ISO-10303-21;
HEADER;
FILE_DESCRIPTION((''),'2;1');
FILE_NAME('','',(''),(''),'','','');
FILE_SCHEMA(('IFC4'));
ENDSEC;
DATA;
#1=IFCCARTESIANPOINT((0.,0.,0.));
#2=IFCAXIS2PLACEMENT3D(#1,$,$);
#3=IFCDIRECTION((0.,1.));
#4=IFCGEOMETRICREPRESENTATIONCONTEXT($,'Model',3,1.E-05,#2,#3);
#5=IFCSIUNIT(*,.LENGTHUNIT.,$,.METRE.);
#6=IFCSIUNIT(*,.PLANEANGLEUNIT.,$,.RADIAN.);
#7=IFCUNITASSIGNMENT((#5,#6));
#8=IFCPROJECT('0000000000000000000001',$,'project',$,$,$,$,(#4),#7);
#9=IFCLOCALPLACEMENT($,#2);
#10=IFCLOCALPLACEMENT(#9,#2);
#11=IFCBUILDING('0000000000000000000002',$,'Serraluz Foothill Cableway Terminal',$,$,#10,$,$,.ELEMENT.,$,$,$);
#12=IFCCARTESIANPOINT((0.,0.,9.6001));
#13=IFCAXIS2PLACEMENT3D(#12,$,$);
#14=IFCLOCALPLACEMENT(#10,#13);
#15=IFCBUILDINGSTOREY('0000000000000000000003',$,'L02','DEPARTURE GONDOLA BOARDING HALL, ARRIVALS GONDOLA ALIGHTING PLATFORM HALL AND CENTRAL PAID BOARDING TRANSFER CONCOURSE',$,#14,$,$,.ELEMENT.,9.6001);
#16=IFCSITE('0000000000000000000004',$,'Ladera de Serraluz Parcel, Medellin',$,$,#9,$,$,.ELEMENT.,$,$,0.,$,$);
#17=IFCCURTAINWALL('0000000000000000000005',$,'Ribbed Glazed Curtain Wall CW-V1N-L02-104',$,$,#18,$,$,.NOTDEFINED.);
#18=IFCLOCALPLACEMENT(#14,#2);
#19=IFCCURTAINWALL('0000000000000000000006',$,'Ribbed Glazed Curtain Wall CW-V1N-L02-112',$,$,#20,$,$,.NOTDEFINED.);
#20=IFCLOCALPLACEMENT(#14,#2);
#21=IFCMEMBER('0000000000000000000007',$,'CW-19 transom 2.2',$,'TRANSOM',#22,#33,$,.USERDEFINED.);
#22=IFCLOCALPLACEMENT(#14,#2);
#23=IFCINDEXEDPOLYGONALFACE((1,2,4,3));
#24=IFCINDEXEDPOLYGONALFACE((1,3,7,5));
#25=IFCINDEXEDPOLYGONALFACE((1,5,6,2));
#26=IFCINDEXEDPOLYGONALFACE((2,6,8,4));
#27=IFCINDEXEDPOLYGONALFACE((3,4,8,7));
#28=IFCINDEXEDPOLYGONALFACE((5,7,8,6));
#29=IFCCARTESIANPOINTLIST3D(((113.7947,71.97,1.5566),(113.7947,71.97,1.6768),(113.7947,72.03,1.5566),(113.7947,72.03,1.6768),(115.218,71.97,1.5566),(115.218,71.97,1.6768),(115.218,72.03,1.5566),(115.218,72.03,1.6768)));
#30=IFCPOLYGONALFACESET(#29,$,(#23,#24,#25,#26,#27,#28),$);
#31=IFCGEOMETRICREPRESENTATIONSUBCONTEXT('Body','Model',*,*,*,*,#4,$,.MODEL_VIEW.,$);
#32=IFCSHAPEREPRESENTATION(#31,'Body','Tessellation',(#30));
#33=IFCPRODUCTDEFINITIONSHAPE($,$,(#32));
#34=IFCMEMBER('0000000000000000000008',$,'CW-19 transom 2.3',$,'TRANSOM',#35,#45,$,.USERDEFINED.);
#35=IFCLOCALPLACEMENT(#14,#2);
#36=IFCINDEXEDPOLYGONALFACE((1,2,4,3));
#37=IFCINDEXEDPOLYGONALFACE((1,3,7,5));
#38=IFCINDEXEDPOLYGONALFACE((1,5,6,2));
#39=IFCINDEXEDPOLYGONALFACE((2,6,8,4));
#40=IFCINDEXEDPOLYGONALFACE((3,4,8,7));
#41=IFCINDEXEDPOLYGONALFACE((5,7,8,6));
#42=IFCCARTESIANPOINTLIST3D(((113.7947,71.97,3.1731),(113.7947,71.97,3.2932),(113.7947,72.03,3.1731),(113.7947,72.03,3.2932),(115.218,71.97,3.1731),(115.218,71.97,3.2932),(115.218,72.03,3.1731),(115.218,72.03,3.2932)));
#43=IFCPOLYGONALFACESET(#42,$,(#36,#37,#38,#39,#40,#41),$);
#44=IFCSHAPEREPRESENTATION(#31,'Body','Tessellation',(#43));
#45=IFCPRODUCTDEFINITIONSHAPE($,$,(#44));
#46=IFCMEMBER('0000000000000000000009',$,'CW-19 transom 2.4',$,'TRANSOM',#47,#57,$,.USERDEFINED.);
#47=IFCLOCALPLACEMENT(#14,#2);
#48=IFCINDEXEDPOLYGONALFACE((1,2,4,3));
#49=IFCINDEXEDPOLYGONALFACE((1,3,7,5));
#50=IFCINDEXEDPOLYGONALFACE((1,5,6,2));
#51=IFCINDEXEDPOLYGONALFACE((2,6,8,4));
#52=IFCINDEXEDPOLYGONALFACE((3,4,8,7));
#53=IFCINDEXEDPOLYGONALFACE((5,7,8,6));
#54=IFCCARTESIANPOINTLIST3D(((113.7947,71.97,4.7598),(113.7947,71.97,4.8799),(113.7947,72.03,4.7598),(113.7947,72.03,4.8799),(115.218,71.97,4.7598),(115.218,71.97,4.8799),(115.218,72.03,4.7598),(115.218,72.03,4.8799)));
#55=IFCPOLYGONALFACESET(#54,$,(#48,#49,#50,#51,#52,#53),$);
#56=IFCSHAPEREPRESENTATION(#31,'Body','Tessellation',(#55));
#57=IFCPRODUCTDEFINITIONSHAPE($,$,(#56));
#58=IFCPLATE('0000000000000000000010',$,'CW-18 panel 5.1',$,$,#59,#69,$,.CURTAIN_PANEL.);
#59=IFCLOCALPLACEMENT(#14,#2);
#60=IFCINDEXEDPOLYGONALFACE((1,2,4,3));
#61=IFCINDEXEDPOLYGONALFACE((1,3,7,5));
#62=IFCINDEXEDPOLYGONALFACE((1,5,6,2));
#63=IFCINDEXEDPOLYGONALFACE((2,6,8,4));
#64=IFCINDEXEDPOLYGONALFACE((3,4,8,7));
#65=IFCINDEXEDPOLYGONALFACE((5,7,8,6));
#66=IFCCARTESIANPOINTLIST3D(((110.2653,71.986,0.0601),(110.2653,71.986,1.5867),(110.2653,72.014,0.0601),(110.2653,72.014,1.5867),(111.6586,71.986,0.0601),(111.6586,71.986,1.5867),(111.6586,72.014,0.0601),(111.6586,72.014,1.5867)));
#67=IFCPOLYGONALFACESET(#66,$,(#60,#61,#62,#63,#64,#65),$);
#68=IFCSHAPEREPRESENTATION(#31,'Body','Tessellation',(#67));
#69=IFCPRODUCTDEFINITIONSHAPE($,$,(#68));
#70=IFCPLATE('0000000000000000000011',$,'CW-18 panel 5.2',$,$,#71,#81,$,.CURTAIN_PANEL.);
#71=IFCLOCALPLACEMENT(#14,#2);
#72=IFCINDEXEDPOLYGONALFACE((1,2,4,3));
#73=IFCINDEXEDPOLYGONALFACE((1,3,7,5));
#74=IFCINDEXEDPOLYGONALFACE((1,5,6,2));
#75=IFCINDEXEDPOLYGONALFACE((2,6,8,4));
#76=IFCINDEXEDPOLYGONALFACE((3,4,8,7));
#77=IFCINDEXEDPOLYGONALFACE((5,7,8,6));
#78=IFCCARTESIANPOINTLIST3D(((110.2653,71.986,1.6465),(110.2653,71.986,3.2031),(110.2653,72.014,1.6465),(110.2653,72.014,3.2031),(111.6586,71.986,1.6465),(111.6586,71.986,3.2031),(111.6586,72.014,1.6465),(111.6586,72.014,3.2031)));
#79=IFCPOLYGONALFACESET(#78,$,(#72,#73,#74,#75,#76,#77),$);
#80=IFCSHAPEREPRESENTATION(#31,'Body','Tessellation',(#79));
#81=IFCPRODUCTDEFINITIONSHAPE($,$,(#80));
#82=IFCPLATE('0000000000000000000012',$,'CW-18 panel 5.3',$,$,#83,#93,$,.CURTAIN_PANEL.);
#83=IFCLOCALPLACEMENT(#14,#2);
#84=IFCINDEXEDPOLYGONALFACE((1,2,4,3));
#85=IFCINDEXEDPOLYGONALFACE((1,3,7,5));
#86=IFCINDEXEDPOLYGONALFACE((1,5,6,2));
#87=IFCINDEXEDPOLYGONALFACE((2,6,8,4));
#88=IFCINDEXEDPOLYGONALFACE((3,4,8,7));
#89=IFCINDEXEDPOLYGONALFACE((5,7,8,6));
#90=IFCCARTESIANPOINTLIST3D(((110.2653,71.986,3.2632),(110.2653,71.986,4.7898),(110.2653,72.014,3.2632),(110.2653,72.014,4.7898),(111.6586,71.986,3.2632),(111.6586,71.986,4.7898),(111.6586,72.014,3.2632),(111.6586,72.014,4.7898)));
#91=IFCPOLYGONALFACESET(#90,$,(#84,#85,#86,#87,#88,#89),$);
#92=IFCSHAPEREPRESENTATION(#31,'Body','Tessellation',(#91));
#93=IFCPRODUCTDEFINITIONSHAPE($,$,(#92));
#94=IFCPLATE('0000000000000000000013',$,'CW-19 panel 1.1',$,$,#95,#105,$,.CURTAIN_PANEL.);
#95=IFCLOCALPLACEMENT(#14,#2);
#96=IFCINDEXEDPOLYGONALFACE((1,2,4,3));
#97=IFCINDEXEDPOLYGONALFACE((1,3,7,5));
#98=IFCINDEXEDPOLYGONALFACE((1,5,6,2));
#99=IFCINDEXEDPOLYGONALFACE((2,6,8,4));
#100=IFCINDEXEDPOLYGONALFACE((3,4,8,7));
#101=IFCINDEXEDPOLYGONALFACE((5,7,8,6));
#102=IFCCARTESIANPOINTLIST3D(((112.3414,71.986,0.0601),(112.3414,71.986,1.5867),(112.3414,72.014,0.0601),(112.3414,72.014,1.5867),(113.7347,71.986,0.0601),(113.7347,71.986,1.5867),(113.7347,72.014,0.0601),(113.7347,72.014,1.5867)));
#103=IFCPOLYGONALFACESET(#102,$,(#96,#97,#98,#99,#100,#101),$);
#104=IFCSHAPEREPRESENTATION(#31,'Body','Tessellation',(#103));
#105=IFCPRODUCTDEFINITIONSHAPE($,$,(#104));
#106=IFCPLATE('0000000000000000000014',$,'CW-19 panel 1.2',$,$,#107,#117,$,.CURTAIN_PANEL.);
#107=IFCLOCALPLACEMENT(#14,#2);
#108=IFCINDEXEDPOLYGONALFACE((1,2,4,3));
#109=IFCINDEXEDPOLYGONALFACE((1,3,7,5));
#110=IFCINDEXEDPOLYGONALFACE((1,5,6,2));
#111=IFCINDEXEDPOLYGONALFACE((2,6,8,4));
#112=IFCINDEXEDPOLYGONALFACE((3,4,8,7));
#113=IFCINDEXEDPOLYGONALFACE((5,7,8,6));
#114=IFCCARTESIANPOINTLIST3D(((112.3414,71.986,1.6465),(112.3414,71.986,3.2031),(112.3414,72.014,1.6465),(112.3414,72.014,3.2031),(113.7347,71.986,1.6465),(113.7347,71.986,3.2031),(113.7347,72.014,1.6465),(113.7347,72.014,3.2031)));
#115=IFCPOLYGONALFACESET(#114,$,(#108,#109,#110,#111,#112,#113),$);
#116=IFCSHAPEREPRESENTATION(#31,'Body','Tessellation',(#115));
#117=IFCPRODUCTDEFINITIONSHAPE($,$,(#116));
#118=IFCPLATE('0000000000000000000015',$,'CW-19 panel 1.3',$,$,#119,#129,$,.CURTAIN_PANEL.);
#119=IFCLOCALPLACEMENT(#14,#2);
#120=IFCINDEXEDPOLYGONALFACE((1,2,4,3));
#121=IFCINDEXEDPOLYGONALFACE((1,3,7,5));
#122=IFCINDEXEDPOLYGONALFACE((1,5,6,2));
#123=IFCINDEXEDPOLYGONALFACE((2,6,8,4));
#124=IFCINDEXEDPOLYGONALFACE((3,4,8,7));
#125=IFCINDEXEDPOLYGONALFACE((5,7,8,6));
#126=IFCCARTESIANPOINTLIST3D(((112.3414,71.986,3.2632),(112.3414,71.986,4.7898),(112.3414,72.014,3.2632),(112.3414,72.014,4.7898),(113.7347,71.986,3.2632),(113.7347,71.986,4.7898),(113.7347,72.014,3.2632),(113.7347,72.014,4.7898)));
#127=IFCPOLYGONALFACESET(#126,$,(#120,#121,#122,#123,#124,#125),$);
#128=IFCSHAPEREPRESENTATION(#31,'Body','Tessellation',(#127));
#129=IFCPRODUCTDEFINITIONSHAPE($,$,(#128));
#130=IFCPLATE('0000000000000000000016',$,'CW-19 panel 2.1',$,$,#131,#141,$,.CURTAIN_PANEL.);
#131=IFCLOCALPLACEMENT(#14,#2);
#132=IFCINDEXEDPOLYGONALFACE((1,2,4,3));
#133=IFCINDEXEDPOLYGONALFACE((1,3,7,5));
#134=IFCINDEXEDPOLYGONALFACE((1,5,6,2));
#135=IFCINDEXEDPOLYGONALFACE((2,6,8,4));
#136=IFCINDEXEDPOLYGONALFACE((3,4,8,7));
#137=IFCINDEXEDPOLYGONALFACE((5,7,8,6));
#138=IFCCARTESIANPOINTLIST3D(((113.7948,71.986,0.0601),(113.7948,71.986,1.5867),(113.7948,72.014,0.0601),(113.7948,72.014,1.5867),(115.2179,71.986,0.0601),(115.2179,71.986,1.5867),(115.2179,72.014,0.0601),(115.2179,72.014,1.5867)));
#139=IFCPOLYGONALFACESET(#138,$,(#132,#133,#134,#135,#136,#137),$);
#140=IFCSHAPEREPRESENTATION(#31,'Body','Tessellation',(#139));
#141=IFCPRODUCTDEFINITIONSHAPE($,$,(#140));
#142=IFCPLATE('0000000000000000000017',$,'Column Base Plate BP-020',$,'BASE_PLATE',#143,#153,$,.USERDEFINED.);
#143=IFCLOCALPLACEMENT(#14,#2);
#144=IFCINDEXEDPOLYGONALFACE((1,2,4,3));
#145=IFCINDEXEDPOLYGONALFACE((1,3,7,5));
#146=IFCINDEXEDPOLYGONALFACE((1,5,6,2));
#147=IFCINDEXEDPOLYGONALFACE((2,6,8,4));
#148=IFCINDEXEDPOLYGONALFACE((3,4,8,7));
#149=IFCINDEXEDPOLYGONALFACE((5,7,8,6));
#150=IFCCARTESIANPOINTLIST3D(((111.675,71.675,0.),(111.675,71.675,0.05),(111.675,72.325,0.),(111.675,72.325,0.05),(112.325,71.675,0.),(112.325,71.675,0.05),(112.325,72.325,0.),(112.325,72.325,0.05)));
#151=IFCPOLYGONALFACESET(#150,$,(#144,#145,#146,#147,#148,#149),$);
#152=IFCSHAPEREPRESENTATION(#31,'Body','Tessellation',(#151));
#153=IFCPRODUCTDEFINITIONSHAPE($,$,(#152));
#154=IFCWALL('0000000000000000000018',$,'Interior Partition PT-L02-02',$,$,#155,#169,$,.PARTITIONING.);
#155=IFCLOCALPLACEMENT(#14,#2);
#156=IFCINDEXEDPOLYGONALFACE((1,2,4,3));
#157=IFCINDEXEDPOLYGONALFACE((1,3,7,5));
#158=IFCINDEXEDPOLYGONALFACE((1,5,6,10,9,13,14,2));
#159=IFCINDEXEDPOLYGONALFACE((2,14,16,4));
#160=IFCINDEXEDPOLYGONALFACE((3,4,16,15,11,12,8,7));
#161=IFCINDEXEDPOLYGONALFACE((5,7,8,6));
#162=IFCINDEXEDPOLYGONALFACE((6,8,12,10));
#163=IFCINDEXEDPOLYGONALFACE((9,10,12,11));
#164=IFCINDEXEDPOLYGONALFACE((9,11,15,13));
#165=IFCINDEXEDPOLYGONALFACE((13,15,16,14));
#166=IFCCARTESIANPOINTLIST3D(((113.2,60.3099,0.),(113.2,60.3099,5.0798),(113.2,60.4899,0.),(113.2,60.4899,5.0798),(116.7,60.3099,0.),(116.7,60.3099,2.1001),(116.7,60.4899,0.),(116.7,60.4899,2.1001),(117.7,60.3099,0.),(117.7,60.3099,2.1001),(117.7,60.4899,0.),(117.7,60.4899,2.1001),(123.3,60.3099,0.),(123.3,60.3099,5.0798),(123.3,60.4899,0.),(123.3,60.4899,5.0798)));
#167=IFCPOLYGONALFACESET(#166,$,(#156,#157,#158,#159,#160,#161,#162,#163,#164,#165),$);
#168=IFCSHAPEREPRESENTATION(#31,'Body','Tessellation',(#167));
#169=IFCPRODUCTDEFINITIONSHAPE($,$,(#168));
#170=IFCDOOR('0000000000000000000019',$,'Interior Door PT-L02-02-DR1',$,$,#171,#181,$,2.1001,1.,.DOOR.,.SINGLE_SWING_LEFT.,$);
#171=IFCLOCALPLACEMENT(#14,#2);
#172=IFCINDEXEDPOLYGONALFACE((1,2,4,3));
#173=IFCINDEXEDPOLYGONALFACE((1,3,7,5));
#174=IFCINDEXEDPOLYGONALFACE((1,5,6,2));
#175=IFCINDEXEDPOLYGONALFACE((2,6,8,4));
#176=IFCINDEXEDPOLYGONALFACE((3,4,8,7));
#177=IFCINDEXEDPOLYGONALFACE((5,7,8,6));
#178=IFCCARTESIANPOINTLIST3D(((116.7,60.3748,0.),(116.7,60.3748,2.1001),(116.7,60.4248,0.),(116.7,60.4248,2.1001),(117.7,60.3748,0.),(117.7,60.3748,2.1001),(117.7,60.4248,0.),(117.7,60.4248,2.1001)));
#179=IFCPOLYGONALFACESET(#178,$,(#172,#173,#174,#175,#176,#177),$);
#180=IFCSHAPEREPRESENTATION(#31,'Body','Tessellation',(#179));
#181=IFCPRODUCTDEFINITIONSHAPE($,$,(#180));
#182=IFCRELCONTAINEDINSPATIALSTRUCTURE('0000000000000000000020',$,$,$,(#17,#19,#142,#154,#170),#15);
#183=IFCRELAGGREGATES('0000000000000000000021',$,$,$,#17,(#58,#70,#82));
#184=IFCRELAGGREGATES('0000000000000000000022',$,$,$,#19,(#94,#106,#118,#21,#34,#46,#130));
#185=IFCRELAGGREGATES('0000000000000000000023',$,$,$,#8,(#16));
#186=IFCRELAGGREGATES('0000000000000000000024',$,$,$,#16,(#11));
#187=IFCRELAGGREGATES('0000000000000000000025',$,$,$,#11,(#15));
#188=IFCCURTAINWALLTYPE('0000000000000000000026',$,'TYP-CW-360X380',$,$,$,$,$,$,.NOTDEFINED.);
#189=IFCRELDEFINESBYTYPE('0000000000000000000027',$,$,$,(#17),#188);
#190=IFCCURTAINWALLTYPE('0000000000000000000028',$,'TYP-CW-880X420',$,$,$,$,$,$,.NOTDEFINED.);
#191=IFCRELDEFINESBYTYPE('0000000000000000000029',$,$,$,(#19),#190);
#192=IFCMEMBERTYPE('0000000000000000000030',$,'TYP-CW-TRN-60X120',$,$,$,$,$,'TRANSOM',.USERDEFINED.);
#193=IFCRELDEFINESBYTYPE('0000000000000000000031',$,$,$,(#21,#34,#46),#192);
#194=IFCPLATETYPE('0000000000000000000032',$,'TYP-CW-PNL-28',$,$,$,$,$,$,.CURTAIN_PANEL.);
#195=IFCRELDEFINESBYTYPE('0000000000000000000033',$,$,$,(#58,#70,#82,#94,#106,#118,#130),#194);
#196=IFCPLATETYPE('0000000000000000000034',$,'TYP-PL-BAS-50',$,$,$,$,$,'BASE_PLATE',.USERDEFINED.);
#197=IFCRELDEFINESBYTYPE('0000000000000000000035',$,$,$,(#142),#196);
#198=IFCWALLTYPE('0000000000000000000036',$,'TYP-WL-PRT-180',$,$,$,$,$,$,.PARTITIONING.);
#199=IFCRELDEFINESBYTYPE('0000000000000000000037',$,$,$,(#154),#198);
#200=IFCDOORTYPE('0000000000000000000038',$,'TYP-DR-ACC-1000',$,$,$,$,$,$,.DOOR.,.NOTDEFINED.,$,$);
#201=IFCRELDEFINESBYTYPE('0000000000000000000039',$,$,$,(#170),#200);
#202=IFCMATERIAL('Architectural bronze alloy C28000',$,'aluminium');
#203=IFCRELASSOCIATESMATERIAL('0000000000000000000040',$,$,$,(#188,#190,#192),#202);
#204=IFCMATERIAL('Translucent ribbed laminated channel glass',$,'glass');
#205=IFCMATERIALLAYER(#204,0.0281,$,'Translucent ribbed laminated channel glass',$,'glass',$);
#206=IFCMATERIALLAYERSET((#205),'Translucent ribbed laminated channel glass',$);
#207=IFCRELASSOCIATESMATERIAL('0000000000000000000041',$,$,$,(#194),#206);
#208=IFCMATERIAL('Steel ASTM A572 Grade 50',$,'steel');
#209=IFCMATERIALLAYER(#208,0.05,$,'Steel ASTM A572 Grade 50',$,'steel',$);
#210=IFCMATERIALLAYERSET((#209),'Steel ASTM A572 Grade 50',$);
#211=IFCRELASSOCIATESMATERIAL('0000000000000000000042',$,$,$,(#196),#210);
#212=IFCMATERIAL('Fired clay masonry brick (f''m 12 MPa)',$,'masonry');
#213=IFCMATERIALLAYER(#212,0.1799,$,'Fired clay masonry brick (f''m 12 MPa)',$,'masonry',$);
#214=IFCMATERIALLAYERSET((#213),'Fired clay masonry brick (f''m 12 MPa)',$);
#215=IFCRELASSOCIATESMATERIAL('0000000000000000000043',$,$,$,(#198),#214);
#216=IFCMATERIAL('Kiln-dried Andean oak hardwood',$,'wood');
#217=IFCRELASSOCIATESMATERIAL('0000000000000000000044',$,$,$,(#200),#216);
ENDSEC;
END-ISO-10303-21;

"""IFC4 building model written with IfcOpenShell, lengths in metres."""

from ifc_helpers import new_model, si_unit, direction, frame, frame_2d, origin, origin_2d, place, context, subcontext, project, spatial, rectangle, extrude, material, layer, layer_set, material_profile, profile_set, type_object, element, fill, aggregate, save


model = new_model("IFC4")

# Units and contexts
model_context = context("Model", 3, precision=1e-05, world=origin(), true_north=direction((0.0, 1.0)))
body_context = subcontext(model_context, "Body", "Model", "MODEL_VIEW")
ifc_project = project(units=[si_unit("LENGTHUNIT", "METRE"), si_unit("PLANEANGLEUNIT", "RADIAN")], contexts=[model_context])

# Site, building, storey
site_placement = place(None, origin())
site = spatial("IfcSite", under=ifc_project, at=site_placement, Name="Ladera de Serraluz Parcel, Medellin", CompositionType="ELEMENT", RefElevation=0.0)
building_placement = place(site_placement, origin())
building = spatial("IfcBuilding", under=site, at=building_placement, Name="Serraluz Foothill Cableway Terminal", CompositionType="ELEMENT")
storey_placement = place(building_placement, frame((0.0, 0.0, 9.6001)))
storey = spatial("IfcBuildingStorey", under=building, at=storey_placement, Name="L02", Description="DEPARTURE GONDOLA BOARDING HALL, ARRIVALS GONDOLA ALIGHTING PLATFORM HALL AND CENTRAL PAID BOARDING TRANSFER CONCOURSE", CompositionType="ELEMENT", Elevation=9.6001)

# Curtain wall
ifc_material_1 = material(Name="Architectural bronze alloy C28000", Category="aluminium")
curtain_wall_type_1 = type_object("IfcCurtainWallType", Name="TYP-CW-360X380", PredefinedType="NOTDEFINED", material=ifc_material_1)
curtain_wall_1_placement = place(storey_placement, origin())
curtain_wall_1 = element("IfcCurtainWall", 1, at=curtain_wall_1_placement, inside=storey, type_object=curtain_wall_type_1, Name="Ribbed Glazed Curtain Wall CW-V1N-L02-104", PredefinedType="NOTDEFINED")

# Curtain wall
curtain_wall_type_2 = type_object("IfcCurtainWallType", Name="TYP-CW-880X420", PredefinedType="NOTDEFINED", material=ifc_material_1)
curtain_wall_2_placement = place(storey_placement, origin())
curtain_wall_2 = element("IfcCurtainWall", 2, at=curtain_wall_2_placement, inside=storey, type_object=curtain_wall_type_2, Name="Ribbed Glazed Curtain Wall CW-V1N-L02-112", PredefinedType="NOTDEFINED")

# Shared definitions
ifc_material_profile_1 = material_profile(ifc_material_1, rectangle(XDim=0.0601, YDim=0.1201, at=origin_2d()), Name="ALU TRANSOM 60x120")
ifc_profile_set_1 = profile_set([ifc_material_profile_1], Name="Architectural bronze alloy C28000")
member_type_1 = type_object("IfcMemberType", Name="TYP-CW-TRN-60X120", ElementType="TRANSOM", PredefinedType="USERDEFINED", material=ifc_profile_set_1)

# Members
member_1_placement = place(storey_placement, frame((113.7947, 72.0, 1.6167), z_axis=(1.0, 0.0, 0.0), x_axis=(0.0, 1.0, 0.0)))
member_1 = element("IfcMember", 3, at=member_1_placement, type_object=member_type_1, Name="CW-19 transom 2.2", ObjectType="TRANSOM", PredefinedType="USERDEFINED", context=body_context, shape_type="SweptSolid", body=[
    extrude(rectangle(XDim=0.0601, YDim=0.1201, at=origin_2d()), origin(), (0.0, 0.0, 1.0), 1.4233),
])
member_2_placement = place(storey_placement, frame((113.7947, 72.0, 3.2332), z_axis=(1.0, 0.0, 0.0), x_axis=(0.0, 1.0, 0.0)))
member_2 = element("IfcMember", 4, at=member_2_placement, type_object=member_type_1, Name="CW-19 transom 2.3", ObjectType="TRANSOM", PredefinedType="USERDEFINED", context=body_context, shape_type="SweptSolid", body=[
    extrude(rectangle(XDim=0.0601, YDim=0.1201, at=origin_2d()), origin(), (0.0, 0.0, 1.0), 1.4233),
])
member_3_placement = place(storey_placement, frame((113.7947, 72.0, 4.8198), z_axis=(1.0, 0.0, 0.0), x_axis=(0.0, 1.0, 0.0)))
member_3 = element("IfcMember", 5, at=member_3_placement, type_object=member_type_1, Name="CW-19 transom 2.4", ObjectType="TRANSOM", PredefinedType="USERDEFINED", context=body_context, shape_type="SweptSolid", body=[
    extrude(rectangle(XDim=0.0601, YDim=0.1201, at=origin_2d()), origin(), (0.0, 0.0, 1.0), 1.4233),
])

# Plates
ifc_material_2 = material(Name="Translucent ribbed laminated channel glass", Category="glass")
ifc_layer_1 = layer(ifc_material_2, 0.0281, Name="Translucent ribbed laminated channel glass", Category="glass")
ifc_layer_set_1 = layer_set([ifc_layer_1], Name="Translucent ribbed laminated channel glass")
plate_type_1 = type_object("IfcPlateType", Name="TYP-CW-PNL-28", PredefinedType="CURTAIN_PANEL", material=ifc_layer_set_1)
plate_1_placement = place(storey_placement, frame((110.9619, 72.0, 0.0601), z_axis=(0.0, 0.0, 1.0), x_axis=(1.0, 0.0, 0.0)))
plate_1 = element("IfcPlate", 6, at=plate_1_placement, type_object=plate_type_1, Name="CW-18 panel 5.1", PredefinedType="CURTAIN_PANEL", context=body_context, shape_type="SweptSolid", body=[
    extrude(rectangle(XDim=1.3933, YDim=0.0281, at=origin_2d()), origin(), (0.0, 0.0, 1.0), 1.5266),
])
plate_2_placement = place(storey_placement, frame((110.9619, 72.0, 1.6465), z_axis=(0.0, 0.0, 1.0), x_axis=(1.0, 0.0, 0.0)))
plate_2 = element("IfcPlate", 7, at=plate_2_placement, type_object=plate_type_1, Name="CW-18 panel 5.2", PredefinedType="CURTAIN_PANEL", context=body_context, shape_type="SweptSolid", body=[
    extrude(rectangle(XDim=1.3933, YDim=0.0281, at=origin_2d()), origin(), (0.0, 0.0, 1.0), 1.5566),
])
plate_3_placement = place(storey_placement, frame((110.9619, 72.0, 3.2632), z_axis=(0.0, 0.0, 1.0), x_axis=(1.0, 0.0, 0.0)))
plate_3 = element("IfcPlate", 8, at=plate_3_placement, type_object=plate_type_1, Name="CW-18 panel 5.3", PredefinedType="CURTAIN_PANEL", context=body_context, shape_type="SweptSolid", body=[
    extrude(rectangle(XDim=1.3933, YDim=0.0281, at=origin_2d()), origin(), (0.0, 0.0, 1.0), 1.5266),
])
aggregate(curtain_wall_1, [plate_1, plate_2, plate_3])
plate_4_placement = place(storey_placement, frame((113.0381, 72.0, 0.0601), z_axis=(0.0, 0.0, 1.0), x_axis=(1.0, 0.0, 0.0)))
plate_4 = element("IfcPlate", 9, at=plate_4_placement, type_object=plate_type_1, Name="CW-19 panel 1.1", PredefinedType="CURTAIN_PANEL", context=body_context, shape_type="SweptSolid", body=[
    extrude(rectangle(XDim=1.3933, YDim=0.0281, at=origin_2d()), origin(), (0.0, 0.0, 1.0), 1.5266),
])
plate_5_placement = place(storey_placement, frame((113.0381, 72.0, 1.6465), z_axis=(0.0, 0.0, 1.0), x_axis=(1.0, 0.0, 0.0)))
plate_5 = element("IfcPlate", 10, at=plate_5_placement, type_object=plate_type_1, Name="CW-19 panel 1.2", PredefinedType="CURTAIN_PANEL", context=body_context, shape_type="SweptSolid", body=[
    extrude(rectangle(XDim=1.3933, YDim=0.0281, at=origin_2d()), origin(), (0.0, 0.0, 1.0), 1.5566),
])
plate_6_placement = place(storey_placement, frame((113.0381, 72.0, 3.2632), z_axis=(0.0, 0.0, 1.0), x_axis=(1.0, 0.0, 0.0)))
plate_6 = element("IfcPlate", 11, at=plate_6_placement, type_object=plate_type_1, Name="CW-19 panel 1.3", PredefinedType="CURTAIN_PANEL", context=body_context, shape_type="SweptSolid", body=[
    extrude(rectangle(XDim=1.3933, YDim=0.0281, at=origin_2d()), origin(), (0.0, 0.0, 1.0), 1.5266),
])
plate_7_placement = place(storey_placement, frame((114.5063, 72.0, 0.0601), z_axis=(0.0, 0.0, 1.0), x_axis=(1.0, 0.0, 0.0)))
plate_7 = element("IfcPlate", 12, at=plate_7_placement, type_object=plate_type_1, Name="CW-19 panel 2.1", PredefinedType="CURTAIN_PANEL", context=body_context, shape_type="SweptSolid", body=[
    extrude(rectangle(XDim=1.4231, YDim=0.0281, at=origin_2d()), origin(), (0.0, 0.0, 1.0), 1.5266),
])
aggregate(curtain_wall_2, [plate_4, plate_5, plate_6, member_1, member_2, member_3, plate_7])
ifc_material_3 = material(Name="Steel ASTM A572 Grade 50", Category="steel")
ifc_layer_2 = layer(ifc_material_3, 0.05, Name="Steel ASTM A572 Grade 50", Category="steel")
ifc_layer_set_2 = layer_set([ifc_layer_2], Name="Steel ASTM A572 Grade 50")
plate_type_2 = type_object("IfcPlateType", Name="TYP-PL-BAS-50", ElementType="BASE_PLATE", PredefinedType="USERDEFINED", material=ifc_layer_set_2)
plate_8_placement = place(storey_placement, frame((112.0, 72.0, 0.0), z_axis=(0.0, 0.0, 1.0), x_axis=(1.0, 0.0, 0.0)))
element("IfcPlate", 13, at=plate_8_placement, inside=storey, type_object=plate_type_2, Name="Column Base Plate BP-020", ObjectType="BASE_PLATE", PredefinedType="USERDEFINED", context=body_context, shape_type="SweptSolid", body=[
    extrude(rectangle(XDim=0.6499, YDim=0.6499, at=origin_2d()), origin(), (0.0, 0.0, 1.0), 0.05),
])

# Wall, opening, door
ifc_material_4 = material(Name="Fired clay masonry brick (f'm 12 MPa)", Category="masonry")
ifc_layer_3 = layer(ifc_material_4, 0.1799, Name="Fired clay masonry brick (f'm 12 MPa)", Category="masonry")
ifc_layer_set_3 = layer_set([ifc_layer_3], Name="Fired clay masonry brick (f'm 12 MPa)")
wall_type_1 = type_object("IfcWallType", Name="TYP-WL-PRT-180", PredefinedType="PARTITIONING", material=ifc_layer_set_3)
wall_1_placement = place(storey_placement, frame((113.2, 60.3999, 0.0), z_axis=(0.0, 0.0, 1.0), x_axis=(1.0, 0.0, 0.0)))
wall_1 = element("IfcWall", 14, at=wall_1_placement, inside=storey, type_object=wall_type_1, Name="Interior Partition PT-L02-02", PredefinedType="PARTITIONING", context=body_context, shape_type="SweptSolid", body=[
    extrude(rectangle(XDim=10.1001, YDim=0.1799, at=frame_2d((5.05, 0.0))), origin(), (0.0, 0.0, 1.0), 5.0798),
])
opening_placement = place(wall_1_placement, frame((3.5, 0.0, 0.0)))
opening = element("IfcOpeningElement", 15, at=opening_placement, cuts=wall_1, PredefinedType="OPENING", context=body_context, shape_type="SweptSolid", body=[
    extrude(rectangle(XDim=1.0, YDim=2.1001, at=frame_2d((0.5, 1.05))), frame((0.0, 0.1001, 0.0), z_axis=(0.0, -1.0, 0.0), x_axis=(1.0, 0.0, 0.0)), (0.0, 0.0, 1.0), 0.2),
])
ifc_material_5 = material(Name="Kiln-dried Andean oak hardwood", Category="wood")
door_type = type_object("IfcDoorType", Name="TYP-DR-ACC-1000", OperationType="NOTDEFINED", PredefinedType="DOOR", material=ifc_material_5)
door_placement = place(opening_placement, origin())
door = element("IfcDoor", 16, at=door_placement, inside=storey, type_object=door_type, Name="Interior Door PT-L02-02-DR1", OperationType="SINGLE_SWING_LEFT", OverallHeight=2.1001, OverallWidth=1.0, PredefinedType="DOOR", context=body_context, shape_type="SweptSolid", body=[
    extrude(rectangle(XDim=1.0, YDim=2.1001, at=frame_2d((0.5, 1.05))), frame((0.0, 0.0249, 0.0), z_axis=(0.0, -1.0, 0.0), x_axis=(1.0, 0.0, 0.0)), (0.0, 0.0, 1.0), 0.05),
])
fill(opening, door)

save(model, "model.ifc")
